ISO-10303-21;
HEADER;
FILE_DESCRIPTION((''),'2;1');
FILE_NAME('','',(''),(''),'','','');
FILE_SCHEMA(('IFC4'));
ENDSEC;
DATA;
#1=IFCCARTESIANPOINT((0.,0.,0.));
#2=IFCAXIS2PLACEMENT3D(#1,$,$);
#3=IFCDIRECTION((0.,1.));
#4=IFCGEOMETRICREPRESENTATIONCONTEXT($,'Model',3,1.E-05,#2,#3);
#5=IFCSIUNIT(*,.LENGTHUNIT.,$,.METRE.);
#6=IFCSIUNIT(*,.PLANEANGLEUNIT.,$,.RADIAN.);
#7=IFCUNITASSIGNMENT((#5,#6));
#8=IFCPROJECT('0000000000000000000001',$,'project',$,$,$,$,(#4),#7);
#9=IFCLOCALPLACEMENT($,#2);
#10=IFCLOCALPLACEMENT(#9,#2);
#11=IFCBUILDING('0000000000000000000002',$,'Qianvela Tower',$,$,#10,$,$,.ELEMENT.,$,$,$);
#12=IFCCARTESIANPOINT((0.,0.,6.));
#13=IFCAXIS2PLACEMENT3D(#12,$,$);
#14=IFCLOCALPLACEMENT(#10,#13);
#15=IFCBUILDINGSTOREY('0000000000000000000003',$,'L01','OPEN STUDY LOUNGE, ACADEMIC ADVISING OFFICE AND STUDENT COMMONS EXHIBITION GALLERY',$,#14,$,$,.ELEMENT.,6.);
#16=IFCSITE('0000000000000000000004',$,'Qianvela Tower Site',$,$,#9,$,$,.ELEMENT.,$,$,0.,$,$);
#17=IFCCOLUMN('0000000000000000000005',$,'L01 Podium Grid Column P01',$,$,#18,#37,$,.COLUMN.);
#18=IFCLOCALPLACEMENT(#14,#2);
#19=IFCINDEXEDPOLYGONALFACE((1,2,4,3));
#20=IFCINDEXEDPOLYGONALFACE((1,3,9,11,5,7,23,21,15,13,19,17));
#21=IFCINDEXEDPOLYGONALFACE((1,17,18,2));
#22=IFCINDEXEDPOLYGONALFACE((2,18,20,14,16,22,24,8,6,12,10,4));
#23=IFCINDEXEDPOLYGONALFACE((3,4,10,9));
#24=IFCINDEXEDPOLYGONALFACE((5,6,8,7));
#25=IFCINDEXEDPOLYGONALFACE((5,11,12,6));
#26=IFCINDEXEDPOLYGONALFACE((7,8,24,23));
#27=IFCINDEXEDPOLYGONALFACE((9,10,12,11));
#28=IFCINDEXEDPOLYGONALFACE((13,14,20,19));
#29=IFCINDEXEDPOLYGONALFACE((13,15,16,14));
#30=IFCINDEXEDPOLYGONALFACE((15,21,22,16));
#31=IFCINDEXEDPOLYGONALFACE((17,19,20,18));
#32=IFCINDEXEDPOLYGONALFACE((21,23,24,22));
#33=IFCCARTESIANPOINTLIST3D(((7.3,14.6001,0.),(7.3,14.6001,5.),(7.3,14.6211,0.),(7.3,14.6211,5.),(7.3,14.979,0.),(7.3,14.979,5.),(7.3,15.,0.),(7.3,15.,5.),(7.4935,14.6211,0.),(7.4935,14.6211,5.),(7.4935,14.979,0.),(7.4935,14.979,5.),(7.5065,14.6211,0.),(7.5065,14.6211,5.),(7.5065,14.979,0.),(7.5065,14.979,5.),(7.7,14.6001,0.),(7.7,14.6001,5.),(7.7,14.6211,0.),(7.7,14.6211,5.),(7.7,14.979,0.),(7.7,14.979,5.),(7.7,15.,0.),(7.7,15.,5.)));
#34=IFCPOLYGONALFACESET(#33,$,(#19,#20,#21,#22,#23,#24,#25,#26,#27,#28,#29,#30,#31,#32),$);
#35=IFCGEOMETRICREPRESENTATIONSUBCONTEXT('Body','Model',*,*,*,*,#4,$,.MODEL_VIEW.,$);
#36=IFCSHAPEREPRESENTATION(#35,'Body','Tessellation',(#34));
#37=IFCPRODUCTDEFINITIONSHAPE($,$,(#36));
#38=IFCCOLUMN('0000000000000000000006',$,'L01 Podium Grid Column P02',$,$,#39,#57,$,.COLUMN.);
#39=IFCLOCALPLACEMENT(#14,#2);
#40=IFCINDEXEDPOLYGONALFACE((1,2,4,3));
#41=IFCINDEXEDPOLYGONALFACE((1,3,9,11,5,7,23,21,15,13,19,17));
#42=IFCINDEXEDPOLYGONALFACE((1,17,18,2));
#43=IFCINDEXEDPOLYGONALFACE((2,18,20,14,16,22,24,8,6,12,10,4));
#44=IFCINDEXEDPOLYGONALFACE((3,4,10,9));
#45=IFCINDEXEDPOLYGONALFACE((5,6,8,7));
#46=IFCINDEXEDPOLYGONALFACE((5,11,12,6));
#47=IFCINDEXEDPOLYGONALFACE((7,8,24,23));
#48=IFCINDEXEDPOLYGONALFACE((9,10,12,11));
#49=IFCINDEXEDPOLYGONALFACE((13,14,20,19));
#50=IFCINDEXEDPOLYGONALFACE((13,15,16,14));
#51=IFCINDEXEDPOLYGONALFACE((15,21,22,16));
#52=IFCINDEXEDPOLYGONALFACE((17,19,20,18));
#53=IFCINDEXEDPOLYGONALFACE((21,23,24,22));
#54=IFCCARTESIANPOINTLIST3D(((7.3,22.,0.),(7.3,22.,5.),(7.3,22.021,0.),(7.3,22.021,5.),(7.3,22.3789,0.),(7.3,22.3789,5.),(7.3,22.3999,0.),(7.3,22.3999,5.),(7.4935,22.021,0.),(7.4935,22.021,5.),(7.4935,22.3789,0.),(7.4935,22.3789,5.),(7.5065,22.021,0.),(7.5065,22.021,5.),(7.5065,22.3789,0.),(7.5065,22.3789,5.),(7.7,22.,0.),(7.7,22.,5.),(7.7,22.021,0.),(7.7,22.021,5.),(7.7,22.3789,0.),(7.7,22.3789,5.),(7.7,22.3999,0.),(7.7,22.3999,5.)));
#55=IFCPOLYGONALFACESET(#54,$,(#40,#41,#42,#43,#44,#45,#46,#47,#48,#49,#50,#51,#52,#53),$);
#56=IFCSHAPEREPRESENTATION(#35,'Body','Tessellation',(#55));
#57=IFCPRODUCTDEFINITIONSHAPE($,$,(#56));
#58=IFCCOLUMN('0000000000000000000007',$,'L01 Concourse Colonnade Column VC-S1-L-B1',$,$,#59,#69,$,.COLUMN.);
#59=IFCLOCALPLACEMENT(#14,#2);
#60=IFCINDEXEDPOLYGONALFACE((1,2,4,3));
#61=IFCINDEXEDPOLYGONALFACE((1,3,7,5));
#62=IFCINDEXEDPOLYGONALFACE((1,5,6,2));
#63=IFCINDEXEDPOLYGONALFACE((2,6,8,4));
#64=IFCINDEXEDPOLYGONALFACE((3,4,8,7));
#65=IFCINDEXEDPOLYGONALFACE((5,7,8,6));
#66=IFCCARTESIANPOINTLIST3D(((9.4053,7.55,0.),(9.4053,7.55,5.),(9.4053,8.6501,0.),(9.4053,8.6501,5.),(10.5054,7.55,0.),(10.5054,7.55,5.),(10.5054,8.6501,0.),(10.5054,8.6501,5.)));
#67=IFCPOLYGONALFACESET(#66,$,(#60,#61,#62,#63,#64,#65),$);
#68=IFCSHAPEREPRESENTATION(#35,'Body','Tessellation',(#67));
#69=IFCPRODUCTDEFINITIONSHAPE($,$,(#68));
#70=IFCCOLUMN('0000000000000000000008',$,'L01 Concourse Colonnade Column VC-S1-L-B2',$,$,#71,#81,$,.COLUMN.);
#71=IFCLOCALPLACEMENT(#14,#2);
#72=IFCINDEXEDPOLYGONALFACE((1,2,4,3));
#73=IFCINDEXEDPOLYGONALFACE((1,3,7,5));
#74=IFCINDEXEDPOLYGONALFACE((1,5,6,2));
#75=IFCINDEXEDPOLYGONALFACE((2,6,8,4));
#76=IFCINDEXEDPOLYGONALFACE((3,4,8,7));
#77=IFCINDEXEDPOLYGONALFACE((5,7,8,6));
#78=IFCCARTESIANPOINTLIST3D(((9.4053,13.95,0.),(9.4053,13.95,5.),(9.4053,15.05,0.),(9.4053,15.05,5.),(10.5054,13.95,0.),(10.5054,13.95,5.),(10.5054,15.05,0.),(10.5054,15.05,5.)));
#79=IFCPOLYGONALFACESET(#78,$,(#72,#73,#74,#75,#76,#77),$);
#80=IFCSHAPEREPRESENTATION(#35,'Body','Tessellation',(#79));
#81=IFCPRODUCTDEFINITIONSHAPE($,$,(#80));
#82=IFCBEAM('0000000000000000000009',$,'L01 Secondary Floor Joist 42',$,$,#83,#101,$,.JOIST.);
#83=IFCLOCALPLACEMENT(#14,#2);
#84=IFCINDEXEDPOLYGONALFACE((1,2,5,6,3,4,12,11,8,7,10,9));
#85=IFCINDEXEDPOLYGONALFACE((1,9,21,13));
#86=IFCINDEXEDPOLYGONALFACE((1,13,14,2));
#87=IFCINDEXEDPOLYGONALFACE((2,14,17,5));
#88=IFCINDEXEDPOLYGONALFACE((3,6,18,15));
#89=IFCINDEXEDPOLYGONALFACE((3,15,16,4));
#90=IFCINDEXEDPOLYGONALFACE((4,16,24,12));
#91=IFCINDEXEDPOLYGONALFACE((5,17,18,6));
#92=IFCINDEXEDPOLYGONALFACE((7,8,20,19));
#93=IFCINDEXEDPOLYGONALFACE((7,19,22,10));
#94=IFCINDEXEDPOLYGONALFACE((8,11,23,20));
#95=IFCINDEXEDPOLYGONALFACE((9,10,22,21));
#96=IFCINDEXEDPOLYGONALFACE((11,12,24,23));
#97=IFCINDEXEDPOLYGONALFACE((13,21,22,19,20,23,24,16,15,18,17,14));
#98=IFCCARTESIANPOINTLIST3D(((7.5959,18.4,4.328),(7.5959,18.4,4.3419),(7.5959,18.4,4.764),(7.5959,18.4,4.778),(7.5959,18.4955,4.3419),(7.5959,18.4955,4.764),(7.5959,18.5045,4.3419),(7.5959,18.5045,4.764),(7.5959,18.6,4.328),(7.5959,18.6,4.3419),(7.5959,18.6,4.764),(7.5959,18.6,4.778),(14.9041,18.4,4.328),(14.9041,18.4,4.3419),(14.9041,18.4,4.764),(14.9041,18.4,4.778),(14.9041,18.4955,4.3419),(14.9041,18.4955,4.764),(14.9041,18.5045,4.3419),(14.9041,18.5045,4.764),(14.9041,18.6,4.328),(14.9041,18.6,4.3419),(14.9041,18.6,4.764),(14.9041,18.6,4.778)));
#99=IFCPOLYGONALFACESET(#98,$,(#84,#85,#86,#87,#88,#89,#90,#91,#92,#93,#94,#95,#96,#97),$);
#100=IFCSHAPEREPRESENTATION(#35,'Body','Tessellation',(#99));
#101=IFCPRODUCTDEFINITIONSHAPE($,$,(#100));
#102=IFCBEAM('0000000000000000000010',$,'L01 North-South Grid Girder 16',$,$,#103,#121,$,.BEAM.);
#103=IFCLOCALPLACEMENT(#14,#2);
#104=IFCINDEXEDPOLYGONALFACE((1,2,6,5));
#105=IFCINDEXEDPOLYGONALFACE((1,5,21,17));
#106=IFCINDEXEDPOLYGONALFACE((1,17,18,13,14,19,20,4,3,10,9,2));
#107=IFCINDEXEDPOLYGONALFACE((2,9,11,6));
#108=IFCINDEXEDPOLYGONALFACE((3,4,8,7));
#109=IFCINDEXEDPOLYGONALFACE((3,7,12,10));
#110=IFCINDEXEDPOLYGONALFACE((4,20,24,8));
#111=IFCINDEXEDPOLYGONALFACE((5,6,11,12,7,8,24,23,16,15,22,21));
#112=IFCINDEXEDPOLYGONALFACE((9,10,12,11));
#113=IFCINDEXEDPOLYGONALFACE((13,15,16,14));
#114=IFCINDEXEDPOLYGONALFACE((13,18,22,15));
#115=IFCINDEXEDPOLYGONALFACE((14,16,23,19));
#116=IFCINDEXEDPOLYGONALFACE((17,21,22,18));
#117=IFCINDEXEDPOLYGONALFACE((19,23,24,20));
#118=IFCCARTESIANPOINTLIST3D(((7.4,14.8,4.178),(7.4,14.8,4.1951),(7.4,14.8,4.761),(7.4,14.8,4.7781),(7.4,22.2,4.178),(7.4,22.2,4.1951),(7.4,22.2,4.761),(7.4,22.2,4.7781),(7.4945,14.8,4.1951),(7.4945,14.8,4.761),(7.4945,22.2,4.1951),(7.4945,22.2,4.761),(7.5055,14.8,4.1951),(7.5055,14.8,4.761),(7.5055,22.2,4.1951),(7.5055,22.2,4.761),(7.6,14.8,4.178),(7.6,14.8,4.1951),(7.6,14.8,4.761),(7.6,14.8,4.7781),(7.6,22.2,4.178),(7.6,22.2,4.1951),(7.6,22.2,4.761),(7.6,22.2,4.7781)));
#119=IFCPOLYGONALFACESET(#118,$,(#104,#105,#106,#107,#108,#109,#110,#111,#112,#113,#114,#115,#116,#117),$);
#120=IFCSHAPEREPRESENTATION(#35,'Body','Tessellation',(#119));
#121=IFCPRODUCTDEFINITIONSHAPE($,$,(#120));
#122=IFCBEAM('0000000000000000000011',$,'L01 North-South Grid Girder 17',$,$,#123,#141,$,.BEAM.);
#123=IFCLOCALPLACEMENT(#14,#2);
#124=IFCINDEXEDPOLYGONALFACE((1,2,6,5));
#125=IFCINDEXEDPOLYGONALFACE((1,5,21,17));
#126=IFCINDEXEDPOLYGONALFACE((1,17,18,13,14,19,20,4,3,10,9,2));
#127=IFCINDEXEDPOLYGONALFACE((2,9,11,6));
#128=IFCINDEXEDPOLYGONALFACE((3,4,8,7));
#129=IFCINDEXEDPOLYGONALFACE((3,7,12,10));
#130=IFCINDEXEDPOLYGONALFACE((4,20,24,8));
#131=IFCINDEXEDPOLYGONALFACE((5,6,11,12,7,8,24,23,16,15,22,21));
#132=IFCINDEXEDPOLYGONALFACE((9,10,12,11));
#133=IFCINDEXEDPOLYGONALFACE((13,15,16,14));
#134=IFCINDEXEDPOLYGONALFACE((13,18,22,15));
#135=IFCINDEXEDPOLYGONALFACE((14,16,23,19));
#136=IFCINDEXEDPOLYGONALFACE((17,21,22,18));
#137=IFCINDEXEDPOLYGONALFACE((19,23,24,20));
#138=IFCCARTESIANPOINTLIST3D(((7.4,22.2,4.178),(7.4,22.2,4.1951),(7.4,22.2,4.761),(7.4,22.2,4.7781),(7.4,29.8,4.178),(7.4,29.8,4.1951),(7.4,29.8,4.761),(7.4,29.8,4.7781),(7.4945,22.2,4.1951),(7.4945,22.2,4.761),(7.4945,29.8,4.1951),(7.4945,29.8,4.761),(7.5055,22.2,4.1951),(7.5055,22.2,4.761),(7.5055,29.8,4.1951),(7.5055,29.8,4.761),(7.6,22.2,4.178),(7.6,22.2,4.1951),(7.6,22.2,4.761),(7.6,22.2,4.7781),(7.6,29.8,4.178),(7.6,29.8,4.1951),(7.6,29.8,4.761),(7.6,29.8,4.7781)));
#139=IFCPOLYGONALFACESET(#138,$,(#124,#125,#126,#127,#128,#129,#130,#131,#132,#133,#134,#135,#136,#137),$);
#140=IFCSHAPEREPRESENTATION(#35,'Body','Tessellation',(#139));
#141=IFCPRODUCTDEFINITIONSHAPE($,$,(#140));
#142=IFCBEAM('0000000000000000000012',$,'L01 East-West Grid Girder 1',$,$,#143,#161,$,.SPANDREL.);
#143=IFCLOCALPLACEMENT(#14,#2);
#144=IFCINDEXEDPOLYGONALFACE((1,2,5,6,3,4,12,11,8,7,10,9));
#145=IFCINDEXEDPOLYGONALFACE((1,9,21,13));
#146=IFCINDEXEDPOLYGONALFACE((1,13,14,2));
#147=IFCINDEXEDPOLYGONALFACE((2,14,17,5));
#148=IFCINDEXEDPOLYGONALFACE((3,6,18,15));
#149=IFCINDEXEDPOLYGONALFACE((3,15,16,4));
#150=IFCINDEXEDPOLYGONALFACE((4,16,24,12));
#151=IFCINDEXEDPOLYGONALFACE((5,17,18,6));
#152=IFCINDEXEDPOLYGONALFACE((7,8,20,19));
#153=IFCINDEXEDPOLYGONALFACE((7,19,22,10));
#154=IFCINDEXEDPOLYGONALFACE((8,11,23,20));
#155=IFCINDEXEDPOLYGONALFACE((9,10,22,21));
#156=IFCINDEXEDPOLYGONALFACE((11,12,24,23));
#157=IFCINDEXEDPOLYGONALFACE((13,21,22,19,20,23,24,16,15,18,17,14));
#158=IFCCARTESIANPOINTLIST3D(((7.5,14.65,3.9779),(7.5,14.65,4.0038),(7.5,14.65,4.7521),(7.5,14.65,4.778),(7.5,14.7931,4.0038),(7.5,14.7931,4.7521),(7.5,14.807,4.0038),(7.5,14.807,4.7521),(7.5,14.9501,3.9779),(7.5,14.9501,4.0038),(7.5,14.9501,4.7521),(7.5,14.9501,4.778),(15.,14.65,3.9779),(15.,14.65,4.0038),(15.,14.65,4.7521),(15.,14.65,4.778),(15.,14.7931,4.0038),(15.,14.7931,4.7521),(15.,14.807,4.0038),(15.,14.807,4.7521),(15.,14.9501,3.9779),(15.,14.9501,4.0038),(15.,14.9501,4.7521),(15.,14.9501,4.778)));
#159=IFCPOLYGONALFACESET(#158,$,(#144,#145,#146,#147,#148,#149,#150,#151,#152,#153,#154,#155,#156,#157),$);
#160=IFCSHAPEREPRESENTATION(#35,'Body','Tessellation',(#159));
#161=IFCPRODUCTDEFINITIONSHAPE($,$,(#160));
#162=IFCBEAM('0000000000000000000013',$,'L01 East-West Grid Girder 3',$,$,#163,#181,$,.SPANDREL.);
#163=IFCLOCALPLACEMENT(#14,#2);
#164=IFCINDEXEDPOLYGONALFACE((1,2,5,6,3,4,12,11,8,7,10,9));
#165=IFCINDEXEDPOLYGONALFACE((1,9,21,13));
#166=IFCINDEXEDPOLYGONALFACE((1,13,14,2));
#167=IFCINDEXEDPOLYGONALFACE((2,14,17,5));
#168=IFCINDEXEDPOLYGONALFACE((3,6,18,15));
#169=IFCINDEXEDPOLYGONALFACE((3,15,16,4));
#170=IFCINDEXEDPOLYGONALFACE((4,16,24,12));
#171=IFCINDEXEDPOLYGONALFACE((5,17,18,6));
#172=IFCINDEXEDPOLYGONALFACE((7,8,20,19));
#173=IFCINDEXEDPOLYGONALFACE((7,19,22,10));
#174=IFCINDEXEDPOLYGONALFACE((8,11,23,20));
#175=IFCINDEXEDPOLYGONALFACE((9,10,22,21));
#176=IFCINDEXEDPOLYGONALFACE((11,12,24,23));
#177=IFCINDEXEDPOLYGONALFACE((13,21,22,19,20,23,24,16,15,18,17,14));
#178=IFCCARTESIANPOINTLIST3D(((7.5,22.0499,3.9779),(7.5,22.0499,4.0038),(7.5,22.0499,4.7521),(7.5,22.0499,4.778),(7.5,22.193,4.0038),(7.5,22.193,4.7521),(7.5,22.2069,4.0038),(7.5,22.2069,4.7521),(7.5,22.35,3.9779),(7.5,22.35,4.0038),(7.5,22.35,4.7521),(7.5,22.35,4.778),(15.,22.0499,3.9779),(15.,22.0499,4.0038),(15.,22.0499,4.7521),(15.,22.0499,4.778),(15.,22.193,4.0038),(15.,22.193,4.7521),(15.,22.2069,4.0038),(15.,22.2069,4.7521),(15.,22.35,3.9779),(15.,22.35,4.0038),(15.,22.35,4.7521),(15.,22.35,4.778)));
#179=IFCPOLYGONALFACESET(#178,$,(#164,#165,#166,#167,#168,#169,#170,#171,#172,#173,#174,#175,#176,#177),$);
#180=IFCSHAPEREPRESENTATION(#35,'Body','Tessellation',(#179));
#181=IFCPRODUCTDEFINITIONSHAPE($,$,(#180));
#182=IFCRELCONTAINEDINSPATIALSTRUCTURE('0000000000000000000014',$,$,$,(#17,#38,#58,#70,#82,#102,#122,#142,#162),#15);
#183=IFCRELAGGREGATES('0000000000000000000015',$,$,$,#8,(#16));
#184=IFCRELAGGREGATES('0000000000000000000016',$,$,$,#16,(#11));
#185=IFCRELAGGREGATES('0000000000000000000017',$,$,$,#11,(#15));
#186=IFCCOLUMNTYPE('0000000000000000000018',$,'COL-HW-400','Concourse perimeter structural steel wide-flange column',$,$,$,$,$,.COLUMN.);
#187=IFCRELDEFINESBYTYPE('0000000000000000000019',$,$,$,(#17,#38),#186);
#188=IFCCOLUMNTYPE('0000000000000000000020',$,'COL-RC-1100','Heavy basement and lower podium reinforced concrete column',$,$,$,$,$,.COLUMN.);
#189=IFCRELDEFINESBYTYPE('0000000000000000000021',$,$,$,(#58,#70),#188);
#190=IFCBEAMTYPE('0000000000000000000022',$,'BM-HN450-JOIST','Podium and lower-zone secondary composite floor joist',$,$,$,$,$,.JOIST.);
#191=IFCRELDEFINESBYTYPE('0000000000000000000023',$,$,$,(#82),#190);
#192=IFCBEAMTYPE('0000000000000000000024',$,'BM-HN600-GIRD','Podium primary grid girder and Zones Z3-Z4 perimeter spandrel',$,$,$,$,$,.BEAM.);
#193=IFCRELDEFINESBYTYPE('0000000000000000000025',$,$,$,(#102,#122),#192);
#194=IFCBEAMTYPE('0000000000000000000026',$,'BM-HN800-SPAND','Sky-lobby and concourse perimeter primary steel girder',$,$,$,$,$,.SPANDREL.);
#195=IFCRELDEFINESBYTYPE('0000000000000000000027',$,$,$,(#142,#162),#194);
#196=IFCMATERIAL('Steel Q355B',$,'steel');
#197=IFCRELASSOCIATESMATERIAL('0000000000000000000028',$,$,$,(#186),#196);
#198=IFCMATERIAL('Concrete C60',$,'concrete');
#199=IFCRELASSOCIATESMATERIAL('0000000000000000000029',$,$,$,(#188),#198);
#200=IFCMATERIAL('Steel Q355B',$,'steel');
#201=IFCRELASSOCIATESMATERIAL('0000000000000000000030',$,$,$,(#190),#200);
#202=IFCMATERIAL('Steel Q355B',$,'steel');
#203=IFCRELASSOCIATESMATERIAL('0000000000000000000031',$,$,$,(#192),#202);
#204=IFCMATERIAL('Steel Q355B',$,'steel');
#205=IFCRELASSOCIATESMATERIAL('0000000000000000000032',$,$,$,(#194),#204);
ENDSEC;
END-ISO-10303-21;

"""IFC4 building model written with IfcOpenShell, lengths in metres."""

from ifc_helpers import new_model, si_unit, direction, frame, origin, origin_2d, place, context, subcontext, project, spatial, rectangle, i_section, extrude, material, material_profile, profile_set, type_object, element, save


model = new_model("IFC4")

# Units and contexts
model_context = context("Model", 3, precision=1e-05, world=origin(), true_north=direction((0.0, 1.0)))
body_context = subcontext(model_context, "Body", "Model", "MODEL_VIEW")
ifc_project = project(units=[si_unit("LENGTHUNIT", "METRE"), si_unit("PLANEANGLEUNIT", "RADIAN")], contexts=[model_context])

# Site, building, storey
site_placement = place(None, origin())
site = spatial("IfcSite", under=ifc_project, at=site_placement, Name="Qianvela Tower Site", CompositionType="ELEMENT", RefElevation=0.0)
building_placement = place(site_placement, origin())
building = spatial("IfcBuilding", under=site, at=building_placement, Name="Qianvela Tower", CompositionType="ELEMENT")
storey_placement = place(building_placement, frame((0.0, 0.0, 6.0)))
storey = spatial("IfcBuildingStorey", under=building, at=storey_placement, Name="L01", Description="OPEN STUDY LOUNGE, ACADEMIC ADVISING OFFICE AND STUDENT COMMONS EXHIBITION GALLERY", CompositionType="ELEMENT", Elevation=6.0)

# Columns
ifc_material_1 = material(Name="Steel Q355B", Category="steel")
ifc_material_profile_1 = material_profile(ifc_material_1, i_section(OverallWidth=0.3999, OverallDepth=0.3999, WebThickness=0.0129, FlangeThickness=0.021, at=origin_2d()), Name="HW400x400x13x21")
ifc_profile_set_1 = profile_set([ifc_material_profile_1], Name="Steel Q355B")
column_type_1 = type_object("IfcColumnType", Name="COL-HW-400", Description="Concourse perimeter structural steel wide-flange column", PredefinedType="COLUMN", material=ifc_profile_set_1)
for number, where, z_axis, x_axis, name in (
    (1, (7.5, 14.8, 0.0), (0.0, 0.0, 1.0), (1.0, 0.0, 0.0), "L01 Podium Grid Column P01"),
    (2, (7.5, 22.2, 0.0), (0.0, 0.0, 1.0), (1.0, 0.0, 0.0), "L01 Podium Grid Column P02"),
):
    element("IfcColumn", number, at=place(storey_placement, frame(where, z_axis=z_axis, x_axis=x_axis)), inside=storey, type_object=column_type_1, Name=name, PredefinedType="COLUMN", context=body_context, shape_type="SweptSolid", body=[
        extrude(i_section(OverallWidth=0.3999, OverallDepth=0.3999, WebThickness=0.0129, FlangeThickness=0.021, at=origin_2d()), origin(), (0.0, 0.0, 1.0), 5.0),
    ])
ifc_material_2 = material(Name="Concrete C60", Category="concrete")
ifc_material_profile_2 = material_profile(ifc_material_2, rectangle(XDim=1.1001, YDim=1.1001, at=origin_2d()), Name="RC-COL-1100x1100")
ifc_profile_set_2 = profile_set([ifc_material_profile_2], Name="Concrete C60")
column_type_2 = type_object("IfcColumnType", Name="COL-RC-1100", Description="Heavy basement and lower podium reinforced concrete column", PredefinedType="COLUMN", material=ifc_profile_set_2)
for number, where, z_axis, x_axis, name in (
    (3, (9.9553, 8.1001, 0.0), (0.0, 0.0, 1.0), (1.0, 0.0, 0.0), "L01 Concourse Colonnade Column VC-S1-L-B1"),
    (4, (9.9553, 14.5, 0.0), (0.0, 0.0, 1.0), (1.0, 0.0, 0.0), "L01 Concourse Colonnade Column VC-S1-L-B2"),
):
    element("IfcColumn", number, at=place(storey_placement, frame(where, z_axis=z_axis, x_axis=x_axis)), inside=storey, type_object=column_type_2, Name=name, PredefinedType="COLUMN", context=body_context, shape_type="SweptSolid", body=[
        extrude(rectangle(XDim=1.1001, YDim=1.1001, at=origin_2d()), origin(), (0.0, 0.0, 1.0), 5.0),
    ])

# Beams
ifc_material_3 = material(Name="Steel Q355B", Category="steel")
ifc_material_profile_3 = material_profile(ifc_material_3, i_section(OverallWidth=0.2, OverallDepth=0.45, WebThickness=0.009, FlangeThickness=0.0139, at=origin_2d()), Name="HN450x200x9x14")
ifc_profile_set_3 = profile_set([ifc_material_profile_3], Name="Steel Q355B")
beam_type_1 = type_object("IfcBeamType", Name="BM-HN450-JOIST", Description="Podium and lower-zone secondary composite floor joist", PredefinedType="JOIST", material=ifc_profile_set_3)
beam_1_placement = place(storey_placement, frame((7.5959, 18.5, 4.553), z_axis=(1.0, 0.0, 0.0), x_axis=(0.0, 1.0, 0.0)))
element("IfcBeam", 5, at=beam_1_placement, inside=storey, type_object=beam_type_1, Name="L01 Secondary Floor Joist 42", PredefinedType="JOIST", context=body_context, shape_type="SweptSolid", body=[
    extrude(i_section(OverallWidth=0.2, OverallDepth=0.45, WebThickness=0.009, FlangeThickness=0.0139, at=origin_2d()), origin(), (0.0, 0.0, 1.0), 7.3081),
])
ifc_material_4 = material(Name="Steel Q355B", Category="steel")
ifc_material_profile_4 = material_profile(ifc_material_4, i_section(OverallWidth=0.2, OverallDepth=0.6001, WebThickness=0.011, FlangeThickness=0.0171, at=origin_2d()), Name="HN600x200x11x17")
ifc_profile_set_4 = profile_set([ifc_material_profile_4], Name="Steel Q355B")
beam_type_2 = type_object("IfcBeamType", Name="BM-HN600-GIRD", Description="Podium primary grid girder and Zones Z3-Z4 perimeter spandrel", PredefinedType="BEAM", material=ifc_profile_set_4)
beam_2_placement = place(storey_placement, frame((7.5, 14.8, 4.478), z_axis=(0.0, 1.0, 0.0), x_axis=(-1.0, 0.0, 0.0)))
element("IfcBeam", 6, at=beam_2_placement, inside=storey, type_object=beam_type_2, Name="L01 North-South Grid Girder 16", PredefinedType="BEAM", context=body_context, shape_type="SweptSolid", body=[
    extrude(i_section(OverallWidth=0.2, OverallDepth=0.6001, WebThickness=0.011, FlangeThickness=0.0171, at=origin_2d()), origin(), (0.0, 0.0, 1.0), 7.3999),
])
beam_3_placement = place(storey_placement, frame((7.5, 22.2, 4.478), z_axis=(0.0, 1.0, 0.0), x_axis=(-1.0, 0.0, 0.0)))
element("IfcBeam", 7, at=beam_3_placement, inside=storey, type_object=beam_type_2, Name="L01 North-South Grid Girder 17", PredefinedType="BEAM", context=body_context, shape_type="SweptSolid", body=[
    extrude(i_section(OverallWidth=0.2, OverallDepth=0.6001, WebThickness=0.011, FlangeThickness=0.0171, at=origin_2d()), origin(), (0.0, 0.0, 1.0), 7.6001),
])
ifc_material_5 = material(Name="Steel Q355B", Category="steel")
ifc_material_profile_5 = material_profile(ifc_material_5, i_section(OverallWidth=0.3, OverallDepth=0.8, WebThickness=0.0139, FlangeThickness=0.0259, at=origin_2d()), Name="HN800x300x14x26")
ifc_profile_set_5 = profile_set([ifc_material_profile_5], Name="Steel Q355B")
beam_type_3 = type_object("IfcBeamType", Name="BM-HN800-SPAND", Description="Sky-lobby and concourse perimeter primary steel girder", PredefinedType="SPANDREL", material=ifc_profile_set_5)
for number, where, z_axis, x_axis, name in (
    (8, (7.5, 14.8, 4.3779), (1.0, 0.0, 0.0), (0.0, 1.0, 0.0), "L01 East-West Grid Girder 1"),
    (9, (7.5, 22.2, 4.3779), (1.0, 0.0, 0.0), (0.0, 1.0, 0.0), "L01 East-West Grid Girder 3"),
):
    element("IfcBeam", number, at=place(storey_placement, frame(where, z_axis=z_axis, x_axis=x_axis)), inside=storey, type_object=beam_type_3, Name=name, PredefinedType="SPANDREL", context=body_context, shape_type="SweptSolid", body=[
        extrude(i_section(OverallWidth=0.3, OverallDepth=0.8, WebThickness=0.0139, FlangeThickness=0.0259, at=origin_2d()), origin(), (0.0, 0.0, 1.0), 7.5),
    ])

save(model, "model.ifc")
